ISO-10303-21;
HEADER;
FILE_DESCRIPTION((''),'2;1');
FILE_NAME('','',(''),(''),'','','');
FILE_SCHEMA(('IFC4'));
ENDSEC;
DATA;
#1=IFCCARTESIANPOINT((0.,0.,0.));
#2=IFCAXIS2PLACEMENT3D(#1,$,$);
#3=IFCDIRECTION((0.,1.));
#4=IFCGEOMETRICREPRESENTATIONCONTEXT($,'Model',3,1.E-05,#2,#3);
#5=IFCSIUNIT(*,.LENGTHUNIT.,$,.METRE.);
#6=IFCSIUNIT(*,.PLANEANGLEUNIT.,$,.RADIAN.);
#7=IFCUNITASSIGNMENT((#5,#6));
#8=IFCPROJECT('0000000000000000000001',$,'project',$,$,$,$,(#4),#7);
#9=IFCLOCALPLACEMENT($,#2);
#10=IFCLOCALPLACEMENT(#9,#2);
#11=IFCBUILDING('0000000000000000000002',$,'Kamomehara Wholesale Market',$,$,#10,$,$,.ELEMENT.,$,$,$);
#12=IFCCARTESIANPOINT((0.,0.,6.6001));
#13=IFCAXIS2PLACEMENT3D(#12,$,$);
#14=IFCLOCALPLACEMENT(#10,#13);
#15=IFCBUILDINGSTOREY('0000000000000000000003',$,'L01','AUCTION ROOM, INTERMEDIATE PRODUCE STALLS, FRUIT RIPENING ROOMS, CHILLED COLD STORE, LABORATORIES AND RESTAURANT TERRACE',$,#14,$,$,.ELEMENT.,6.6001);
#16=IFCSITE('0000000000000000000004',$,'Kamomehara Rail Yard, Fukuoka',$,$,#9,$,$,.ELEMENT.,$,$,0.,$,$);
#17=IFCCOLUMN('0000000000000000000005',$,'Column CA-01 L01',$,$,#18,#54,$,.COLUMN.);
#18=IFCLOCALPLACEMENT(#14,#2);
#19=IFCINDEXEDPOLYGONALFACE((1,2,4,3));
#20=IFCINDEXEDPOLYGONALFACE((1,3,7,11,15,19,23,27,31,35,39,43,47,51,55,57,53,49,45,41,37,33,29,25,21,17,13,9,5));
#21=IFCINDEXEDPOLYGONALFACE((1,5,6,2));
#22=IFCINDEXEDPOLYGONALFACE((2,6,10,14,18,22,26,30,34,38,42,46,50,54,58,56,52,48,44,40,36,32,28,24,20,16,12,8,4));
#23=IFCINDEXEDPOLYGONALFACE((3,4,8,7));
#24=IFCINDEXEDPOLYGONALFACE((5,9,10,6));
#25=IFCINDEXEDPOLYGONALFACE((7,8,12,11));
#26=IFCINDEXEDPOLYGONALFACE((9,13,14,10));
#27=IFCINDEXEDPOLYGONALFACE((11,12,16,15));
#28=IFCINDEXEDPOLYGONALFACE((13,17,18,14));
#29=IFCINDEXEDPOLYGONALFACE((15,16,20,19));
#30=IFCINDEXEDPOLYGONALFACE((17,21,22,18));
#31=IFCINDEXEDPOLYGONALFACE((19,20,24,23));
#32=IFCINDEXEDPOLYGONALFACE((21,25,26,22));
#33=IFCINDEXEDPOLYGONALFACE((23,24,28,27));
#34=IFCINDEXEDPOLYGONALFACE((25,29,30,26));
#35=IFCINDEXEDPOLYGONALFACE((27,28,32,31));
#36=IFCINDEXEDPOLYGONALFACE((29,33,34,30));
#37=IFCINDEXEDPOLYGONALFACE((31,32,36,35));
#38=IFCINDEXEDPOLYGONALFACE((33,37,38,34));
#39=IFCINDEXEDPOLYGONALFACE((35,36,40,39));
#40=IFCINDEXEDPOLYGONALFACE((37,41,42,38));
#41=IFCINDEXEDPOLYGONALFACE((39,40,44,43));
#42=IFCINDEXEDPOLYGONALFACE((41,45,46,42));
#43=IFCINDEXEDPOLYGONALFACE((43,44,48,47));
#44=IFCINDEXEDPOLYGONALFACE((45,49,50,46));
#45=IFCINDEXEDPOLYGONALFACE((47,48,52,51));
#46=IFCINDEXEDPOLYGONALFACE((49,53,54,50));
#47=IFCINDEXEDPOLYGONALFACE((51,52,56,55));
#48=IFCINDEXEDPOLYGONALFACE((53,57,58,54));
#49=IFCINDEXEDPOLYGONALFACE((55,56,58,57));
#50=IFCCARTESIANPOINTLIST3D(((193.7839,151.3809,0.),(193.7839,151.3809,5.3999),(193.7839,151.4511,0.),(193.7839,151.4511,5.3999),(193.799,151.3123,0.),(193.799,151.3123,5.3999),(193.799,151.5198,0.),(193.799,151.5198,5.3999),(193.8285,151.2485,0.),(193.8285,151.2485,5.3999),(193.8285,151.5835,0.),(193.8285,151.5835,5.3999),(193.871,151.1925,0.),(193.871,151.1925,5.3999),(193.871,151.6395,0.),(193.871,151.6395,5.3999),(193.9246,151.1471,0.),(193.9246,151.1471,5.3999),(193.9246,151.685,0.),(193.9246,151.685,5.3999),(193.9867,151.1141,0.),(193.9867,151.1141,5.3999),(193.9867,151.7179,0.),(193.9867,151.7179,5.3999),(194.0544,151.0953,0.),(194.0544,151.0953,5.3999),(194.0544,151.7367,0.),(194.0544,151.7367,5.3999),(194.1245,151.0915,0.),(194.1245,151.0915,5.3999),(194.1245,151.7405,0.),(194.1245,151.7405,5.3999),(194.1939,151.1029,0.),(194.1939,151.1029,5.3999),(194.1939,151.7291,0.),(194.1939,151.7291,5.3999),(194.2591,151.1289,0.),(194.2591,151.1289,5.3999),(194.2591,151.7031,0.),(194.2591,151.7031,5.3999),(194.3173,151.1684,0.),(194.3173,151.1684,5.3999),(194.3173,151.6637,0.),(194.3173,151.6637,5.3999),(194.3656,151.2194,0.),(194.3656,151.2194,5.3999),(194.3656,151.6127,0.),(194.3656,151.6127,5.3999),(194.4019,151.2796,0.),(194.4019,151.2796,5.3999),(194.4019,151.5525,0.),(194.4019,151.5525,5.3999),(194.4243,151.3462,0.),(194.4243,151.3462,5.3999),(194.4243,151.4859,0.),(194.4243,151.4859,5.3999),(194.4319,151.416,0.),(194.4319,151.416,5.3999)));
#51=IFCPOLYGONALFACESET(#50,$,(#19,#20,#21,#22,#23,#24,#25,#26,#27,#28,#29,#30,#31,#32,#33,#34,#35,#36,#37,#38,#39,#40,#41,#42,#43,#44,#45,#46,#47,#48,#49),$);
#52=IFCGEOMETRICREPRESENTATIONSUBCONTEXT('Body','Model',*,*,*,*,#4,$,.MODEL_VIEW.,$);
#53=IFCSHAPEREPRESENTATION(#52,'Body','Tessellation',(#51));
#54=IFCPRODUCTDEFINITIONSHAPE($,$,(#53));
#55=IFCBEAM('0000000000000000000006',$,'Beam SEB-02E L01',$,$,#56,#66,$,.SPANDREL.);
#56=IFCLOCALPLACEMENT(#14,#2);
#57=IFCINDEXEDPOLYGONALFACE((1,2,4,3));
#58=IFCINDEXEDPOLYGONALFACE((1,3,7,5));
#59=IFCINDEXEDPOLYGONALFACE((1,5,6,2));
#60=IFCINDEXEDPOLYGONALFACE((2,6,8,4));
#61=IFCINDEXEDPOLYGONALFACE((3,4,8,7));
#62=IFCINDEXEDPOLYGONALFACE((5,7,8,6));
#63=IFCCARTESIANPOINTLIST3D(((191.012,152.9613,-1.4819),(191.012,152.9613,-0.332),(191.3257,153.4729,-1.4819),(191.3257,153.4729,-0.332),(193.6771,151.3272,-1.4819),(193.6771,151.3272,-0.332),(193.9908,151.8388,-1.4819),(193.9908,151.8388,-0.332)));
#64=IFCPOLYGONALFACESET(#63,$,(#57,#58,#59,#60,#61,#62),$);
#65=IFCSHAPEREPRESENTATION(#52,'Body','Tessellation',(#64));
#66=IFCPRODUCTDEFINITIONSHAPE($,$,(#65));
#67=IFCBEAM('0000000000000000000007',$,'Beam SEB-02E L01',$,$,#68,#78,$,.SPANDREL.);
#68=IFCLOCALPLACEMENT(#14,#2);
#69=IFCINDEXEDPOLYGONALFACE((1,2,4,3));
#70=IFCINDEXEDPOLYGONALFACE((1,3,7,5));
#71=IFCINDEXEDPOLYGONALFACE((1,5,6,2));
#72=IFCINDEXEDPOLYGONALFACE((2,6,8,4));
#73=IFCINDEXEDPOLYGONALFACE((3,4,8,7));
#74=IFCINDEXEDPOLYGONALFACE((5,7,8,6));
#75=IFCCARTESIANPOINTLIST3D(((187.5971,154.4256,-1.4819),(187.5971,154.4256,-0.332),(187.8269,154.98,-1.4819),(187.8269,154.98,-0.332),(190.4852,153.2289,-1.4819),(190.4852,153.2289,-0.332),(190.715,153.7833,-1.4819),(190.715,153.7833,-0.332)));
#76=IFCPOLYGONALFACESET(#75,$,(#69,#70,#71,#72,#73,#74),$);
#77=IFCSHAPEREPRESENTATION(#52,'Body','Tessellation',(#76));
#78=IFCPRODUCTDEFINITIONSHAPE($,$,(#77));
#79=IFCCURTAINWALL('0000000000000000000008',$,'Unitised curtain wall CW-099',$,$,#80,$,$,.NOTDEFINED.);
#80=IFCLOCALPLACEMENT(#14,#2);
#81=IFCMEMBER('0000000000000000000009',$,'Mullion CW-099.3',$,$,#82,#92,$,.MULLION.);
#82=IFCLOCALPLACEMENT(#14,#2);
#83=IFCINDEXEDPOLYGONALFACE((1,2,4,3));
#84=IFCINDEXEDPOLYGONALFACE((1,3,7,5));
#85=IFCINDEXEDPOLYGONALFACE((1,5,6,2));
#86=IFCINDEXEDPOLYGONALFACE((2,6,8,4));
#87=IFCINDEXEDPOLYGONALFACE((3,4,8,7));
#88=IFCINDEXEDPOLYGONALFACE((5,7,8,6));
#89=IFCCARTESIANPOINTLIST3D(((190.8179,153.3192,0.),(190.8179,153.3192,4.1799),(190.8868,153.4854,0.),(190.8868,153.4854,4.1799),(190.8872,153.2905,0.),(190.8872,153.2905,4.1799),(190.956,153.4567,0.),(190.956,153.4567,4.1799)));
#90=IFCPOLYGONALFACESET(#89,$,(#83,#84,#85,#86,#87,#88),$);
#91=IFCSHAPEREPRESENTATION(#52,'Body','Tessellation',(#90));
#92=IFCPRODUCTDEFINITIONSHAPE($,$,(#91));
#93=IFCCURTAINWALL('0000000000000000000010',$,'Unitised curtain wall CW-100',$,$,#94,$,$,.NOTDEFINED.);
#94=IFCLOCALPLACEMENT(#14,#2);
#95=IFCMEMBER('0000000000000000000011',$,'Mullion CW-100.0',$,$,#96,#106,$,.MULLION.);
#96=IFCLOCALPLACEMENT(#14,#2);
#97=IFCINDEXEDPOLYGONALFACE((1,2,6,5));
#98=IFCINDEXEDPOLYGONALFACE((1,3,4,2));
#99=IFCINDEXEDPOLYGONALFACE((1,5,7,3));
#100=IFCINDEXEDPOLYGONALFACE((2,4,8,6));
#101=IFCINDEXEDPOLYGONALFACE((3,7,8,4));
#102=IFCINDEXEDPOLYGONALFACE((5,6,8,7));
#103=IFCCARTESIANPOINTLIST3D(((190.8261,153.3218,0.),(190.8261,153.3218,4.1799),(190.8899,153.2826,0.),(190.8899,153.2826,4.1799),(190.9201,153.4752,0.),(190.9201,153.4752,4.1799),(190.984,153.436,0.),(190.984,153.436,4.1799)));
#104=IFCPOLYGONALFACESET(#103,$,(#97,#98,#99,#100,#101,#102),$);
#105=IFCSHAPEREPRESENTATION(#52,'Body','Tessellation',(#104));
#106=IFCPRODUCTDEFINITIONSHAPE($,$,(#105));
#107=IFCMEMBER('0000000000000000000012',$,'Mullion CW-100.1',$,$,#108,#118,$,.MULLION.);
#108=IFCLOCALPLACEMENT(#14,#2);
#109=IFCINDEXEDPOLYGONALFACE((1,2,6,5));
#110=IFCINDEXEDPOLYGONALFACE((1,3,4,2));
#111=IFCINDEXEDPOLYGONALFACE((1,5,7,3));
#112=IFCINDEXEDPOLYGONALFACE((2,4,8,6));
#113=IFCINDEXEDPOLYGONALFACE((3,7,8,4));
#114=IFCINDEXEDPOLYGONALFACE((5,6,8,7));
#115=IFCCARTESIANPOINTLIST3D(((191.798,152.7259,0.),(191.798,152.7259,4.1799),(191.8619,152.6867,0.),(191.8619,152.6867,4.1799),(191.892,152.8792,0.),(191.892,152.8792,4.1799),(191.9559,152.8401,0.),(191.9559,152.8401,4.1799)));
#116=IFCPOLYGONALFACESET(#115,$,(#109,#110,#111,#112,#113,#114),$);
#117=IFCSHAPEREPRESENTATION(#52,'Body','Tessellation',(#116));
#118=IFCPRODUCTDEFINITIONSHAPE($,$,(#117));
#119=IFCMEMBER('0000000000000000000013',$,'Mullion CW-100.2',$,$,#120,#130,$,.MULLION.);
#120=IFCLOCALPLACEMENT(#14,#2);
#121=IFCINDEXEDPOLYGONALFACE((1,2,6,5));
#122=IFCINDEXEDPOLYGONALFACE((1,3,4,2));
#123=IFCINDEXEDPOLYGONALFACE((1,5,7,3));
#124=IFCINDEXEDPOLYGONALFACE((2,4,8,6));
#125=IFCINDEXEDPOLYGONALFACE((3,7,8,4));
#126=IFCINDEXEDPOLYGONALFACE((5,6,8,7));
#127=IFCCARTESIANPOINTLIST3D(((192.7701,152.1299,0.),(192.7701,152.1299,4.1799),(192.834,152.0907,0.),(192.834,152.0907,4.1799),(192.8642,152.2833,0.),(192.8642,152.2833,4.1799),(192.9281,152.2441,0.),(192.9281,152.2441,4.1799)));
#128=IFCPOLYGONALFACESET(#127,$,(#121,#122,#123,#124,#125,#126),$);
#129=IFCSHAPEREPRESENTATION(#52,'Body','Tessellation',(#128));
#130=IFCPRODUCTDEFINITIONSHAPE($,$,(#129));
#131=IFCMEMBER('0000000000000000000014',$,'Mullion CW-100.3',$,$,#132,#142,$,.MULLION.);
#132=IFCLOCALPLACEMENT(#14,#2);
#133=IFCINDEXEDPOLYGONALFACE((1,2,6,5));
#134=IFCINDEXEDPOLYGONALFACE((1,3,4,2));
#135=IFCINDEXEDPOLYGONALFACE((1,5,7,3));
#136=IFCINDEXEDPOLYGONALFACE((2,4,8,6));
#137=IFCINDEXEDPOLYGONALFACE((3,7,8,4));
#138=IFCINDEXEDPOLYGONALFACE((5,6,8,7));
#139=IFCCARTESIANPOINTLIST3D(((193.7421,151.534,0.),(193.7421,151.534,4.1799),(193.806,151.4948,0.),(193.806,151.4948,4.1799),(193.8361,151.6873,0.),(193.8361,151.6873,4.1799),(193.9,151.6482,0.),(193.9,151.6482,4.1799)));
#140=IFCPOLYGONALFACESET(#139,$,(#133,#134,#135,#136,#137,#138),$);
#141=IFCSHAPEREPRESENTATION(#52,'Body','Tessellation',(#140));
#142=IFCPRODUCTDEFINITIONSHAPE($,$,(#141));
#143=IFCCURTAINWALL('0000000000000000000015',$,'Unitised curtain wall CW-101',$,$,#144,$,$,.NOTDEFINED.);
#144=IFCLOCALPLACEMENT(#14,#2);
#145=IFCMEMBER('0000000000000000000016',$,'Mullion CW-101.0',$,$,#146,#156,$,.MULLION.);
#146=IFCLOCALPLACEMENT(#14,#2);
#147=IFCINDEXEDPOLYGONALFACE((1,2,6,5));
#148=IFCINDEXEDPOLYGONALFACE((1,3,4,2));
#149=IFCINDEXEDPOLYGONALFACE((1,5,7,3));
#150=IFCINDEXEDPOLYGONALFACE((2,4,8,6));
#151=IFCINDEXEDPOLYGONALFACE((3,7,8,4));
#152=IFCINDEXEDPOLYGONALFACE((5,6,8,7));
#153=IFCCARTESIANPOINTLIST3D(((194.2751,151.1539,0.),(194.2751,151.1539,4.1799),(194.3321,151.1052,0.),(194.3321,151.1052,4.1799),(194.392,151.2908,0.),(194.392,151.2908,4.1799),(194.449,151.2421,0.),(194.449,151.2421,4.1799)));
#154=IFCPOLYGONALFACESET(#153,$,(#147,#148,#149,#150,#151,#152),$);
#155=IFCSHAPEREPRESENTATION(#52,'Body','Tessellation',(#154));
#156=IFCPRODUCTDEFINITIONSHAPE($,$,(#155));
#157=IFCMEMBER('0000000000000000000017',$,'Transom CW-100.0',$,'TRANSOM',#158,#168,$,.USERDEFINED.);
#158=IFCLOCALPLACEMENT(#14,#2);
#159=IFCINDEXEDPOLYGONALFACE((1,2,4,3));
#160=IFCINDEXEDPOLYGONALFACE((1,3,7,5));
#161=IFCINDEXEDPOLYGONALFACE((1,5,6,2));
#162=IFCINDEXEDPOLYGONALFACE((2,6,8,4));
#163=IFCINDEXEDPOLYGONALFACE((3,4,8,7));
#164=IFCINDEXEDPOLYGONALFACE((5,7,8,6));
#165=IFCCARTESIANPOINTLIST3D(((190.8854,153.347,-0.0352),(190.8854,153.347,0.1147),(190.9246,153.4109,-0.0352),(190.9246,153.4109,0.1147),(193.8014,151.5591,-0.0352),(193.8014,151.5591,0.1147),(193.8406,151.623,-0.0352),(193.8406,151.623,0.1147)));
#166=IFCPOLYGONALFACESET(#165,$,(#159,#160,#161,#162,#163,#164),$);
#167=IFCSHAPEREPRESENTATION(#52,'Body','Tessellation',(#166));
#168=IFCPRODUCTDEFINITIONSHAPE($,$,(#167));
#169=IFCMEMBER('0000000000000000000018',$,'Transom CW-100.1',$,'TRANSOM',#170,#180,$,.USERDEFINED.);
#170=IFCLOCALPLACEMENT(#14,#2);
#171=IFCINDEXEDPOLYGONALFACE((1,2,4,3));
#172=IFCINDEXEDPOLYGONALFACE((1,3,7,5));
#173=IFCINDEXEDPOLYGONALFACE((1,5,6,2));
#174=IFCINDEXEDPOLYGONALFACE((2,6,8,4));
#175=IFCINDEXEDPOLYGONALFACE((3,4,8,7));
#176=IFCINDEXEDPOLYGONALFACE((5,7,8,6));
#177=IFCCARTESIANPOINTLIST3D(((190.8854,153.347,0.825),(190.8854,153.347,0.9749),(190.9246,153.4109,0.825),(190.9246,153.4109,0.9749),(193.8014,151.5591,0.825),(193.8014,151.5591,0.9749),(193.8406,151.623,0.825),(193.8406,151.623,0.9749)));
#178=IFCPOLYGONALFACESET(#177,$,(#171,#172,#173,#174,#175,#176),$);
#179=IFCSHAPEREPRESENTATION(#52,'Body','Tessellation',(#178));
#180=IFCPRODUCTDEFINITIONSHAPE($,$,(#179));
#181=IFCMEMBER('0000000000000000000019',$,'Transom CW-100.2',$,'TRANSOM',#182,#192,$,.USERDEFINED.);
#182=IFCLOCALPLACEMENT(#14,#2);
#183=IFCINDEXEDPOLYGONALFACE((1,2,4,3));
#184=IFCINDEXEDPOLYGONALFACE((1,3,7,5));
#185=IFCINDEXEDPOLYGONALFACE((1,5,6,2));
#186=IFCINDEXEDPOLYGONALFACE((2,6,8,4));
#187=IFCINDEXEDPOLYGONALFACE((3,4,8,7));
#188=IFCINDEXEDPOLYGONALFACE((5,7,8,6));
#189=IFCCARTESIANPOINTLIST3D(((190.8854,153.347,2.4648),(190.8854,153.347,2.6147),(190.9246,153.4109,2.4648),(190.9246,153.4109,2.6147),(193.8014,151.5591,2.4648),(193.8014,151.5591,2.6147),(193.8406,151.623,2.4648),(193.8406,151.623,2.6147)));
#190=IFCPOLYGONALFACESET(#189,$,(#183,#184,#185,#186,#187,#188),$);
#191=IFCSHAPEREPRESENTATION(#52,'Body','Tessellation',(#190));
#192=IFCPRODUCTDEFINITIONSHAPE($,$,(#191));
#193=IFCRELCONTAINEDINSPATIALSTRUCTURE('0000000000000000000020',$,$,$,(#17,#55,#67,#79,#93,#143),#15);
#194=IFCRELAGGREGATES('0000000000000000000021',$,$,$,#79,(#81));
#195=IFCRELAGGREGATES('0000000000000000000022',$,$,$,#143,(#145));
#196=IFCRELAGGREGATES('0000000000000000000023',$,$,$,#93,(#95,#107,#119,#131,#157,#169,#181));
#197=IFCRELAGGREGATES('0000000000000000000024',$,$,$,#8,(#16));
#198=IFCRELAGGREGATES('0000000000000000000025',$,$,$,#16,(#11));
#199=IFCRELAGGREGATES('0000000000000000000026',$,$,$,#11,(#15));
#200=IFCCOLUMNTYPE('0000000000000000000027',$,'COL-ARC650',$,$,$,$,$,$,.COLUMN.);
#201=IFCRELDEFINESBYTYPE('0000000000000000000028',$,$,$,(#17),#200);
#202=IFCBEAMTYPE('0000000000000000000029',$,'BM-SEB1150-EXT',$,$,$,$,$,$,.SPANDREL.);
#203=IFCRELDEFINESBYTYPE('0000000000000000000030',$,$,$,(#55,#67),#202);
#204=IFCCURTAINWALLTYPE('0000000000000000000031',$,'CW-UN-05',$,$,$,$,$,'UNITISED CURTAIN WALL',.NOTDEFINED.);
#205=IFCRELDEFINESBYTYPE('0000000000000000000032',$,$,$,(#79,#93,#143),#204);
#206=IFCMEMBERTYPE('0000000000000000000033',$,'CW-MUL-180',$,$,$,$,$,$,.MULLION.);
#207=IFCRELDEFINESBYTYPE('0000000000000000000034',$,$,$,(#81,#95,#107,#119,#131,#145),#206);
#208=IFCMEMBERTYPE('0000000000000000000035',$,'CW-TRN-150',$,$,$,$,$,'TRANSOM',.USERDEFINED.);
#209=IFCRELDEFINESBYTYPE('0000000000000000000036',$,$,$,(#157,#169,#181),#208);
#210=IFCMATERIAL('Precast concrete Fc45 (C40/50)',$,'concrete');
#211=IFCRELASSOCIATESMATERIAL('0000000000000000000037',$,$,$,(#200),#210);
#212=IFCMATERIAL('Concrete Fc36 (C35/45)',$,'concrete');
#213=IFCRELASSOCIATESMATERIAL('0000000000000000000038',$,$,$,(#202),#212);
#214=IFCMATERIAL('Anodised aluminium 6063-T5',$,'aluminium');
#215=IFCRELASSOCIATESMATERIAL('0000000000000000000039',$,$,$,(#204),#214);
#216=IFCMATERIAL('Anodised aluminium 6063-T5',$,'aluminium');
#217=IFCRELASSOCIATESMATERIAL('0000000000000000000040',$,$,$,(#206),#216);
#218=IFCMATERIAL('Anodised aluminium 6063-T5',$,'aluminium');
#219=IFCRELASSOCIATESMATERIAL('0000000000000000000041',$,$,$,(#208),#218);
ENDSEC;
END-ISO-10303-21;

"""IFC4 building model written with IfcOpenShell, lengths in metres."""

from ifc_helpers import new_model, si_unit, direction, frame, origin, origin_2d, place, context, subcontext, project, spatial, rectangle, circle, extrude, material, material_profile, profile_set, type_object, element, aggregate, save


model = new_model("IFC4")

# Units and contexts
model_context = context("Model", 3, precision=1e-05, world=origin(), true_north=direction((0.0, 1.0)))
body_context = subcontext(model_context, "Body", "Model", "MODEL_VIEW")
ifc_project = project(units=[si_unit("LENGTHUNIT", "METRE"), si_unit("PLANEANGLEUNIT", "RADIAN")], contexts=[model_context])

# Site, building, storey
site_placement = place(None, origin())
site = spatial("IfcSite", under=ifc_project, at=site_placement, Name="Kamomehara Rail Yard, Fukuoka", CompositionType="ELEMENT", RefElevation=0.0)
building_placement = place(site_placement, origin())
building = spatial("IfcBuilding", under=site, at=building_placement, Name="Kamomehara Wholesale Market", CompositionType="ELEMENT")
storey_placement = place(building_placement, frame((0.0, 0.0, 6.6001)))
storey = spatial("IfcBuildingStorey", under=building, at=storey_placement, Name="L01", Description="AUCTION ROOM, INTERMEDIATE PRODUCE STALLS, FRUIT RIPENING ROOMS, CHILLED COLD STORE, LABORATORIES AND RESTAURANT TERRACE", CompositionType="ELEMENT", Elevation=6.6001)

# Column
ifc_material_1 = material(Name="Precast concrete Fc45 (C40/50)", Category="concrete")
ifc_material_profile_1 = material_profile(ifc_material_1, circle(Radius=0.325, at=origin_2d()), Name="PC-ARC-D650")
ifc_profile_set_1 = profile_set([ifc_material_profile_1], Name="Precast concrete Fc45 (C40/50)")
column_type = type_object("IfcColumnType", Name="COL-ARC650", PredefinedType="COLUMN", material=ifc_profile_set_1)
column_placement = place(storey_placement, frame((194.1069, 151.416, 0.0), z_axis=(0.0, 0.0, 1.0), x_axis=(1.0, 0.0, 0.0)))
element("IfcColumn", 1, at=column_placement, inside=storey, type_object=column_type, Name="Column CA-01 L01", PredefinedType="COLUMN", context=body_context, shape_type="SweptSolid", body=[
    extrude(circle(Radius=0.325, at=origin_2d()), origin(), (0.0, 0.0, 1.0), 5.3999),
])

# Beams
ifc_material_2 = material(Name="Concrete Fc36 (C35/45)", Category="concrete")
ifc_material_profile_2 = material_profile(ifc_material_2, rectangle(XDim=0.6001, YDim=1.1499, at=origin_2d()), Name="RC-SEB-600x1150")
ifc_profile_set_2 = profile_set([ifc_material_profile_2], Name="Concrete Fc36 (C35/45)")
beam_type = type_object("IfcBeamType", Name="BM-SEB1150-EXT", PredefinedType="SPANDREL", material=ifc_profile_set_2)
for number, where, z_axis, x_axis, name in (
    (2, (193.834, 151.583, -0.907), (-0.852513, 0.522707, 0.0), (-0.522707, -0.852513, 0.0), "Beam SEB-02E L01"),
    (3, (190.6001, 153.5061, -0.907), (-0.923828, 0.382807, 0.0), (-0.382807, -0.923828, 0.0), "Beam SEB-02E L01"),
):
    element("IfcBeam", number, at=place(storey_placement, frame(where, z_axis=z_axis, x_axis=x_axis)), inside=storey, type_object=beam_type, Name=name, PredefinedType="SPANDREL", context=body_context, shape_type="SweptSolid", body=[
        extrude(rectangle(XDim=0.6001, YDim=1.1499, at=origin_2d()), origin(), (0.0, 0.0, 1.0), 3.1262),
    ])

# Curtain wall, member
ifc_material_3 = material(Name="Anodised aluminium 6063-T5", Category="aluminium")
curtain_wall_type = type_object("IfcCurtainWallType", Name="CW-UN-05", ElementType="UNITISED CURTAIN WALL", PredefinedType="NOTDEFINED", material=ifc_material_3)
curtain_wall_1_placement = place(storey_placement, origin())
curtain_wall_1 = element("IfcCurtainWall", 4, at=curtain_wall_1_placement, inside=storey, type_object=curtain_wall_type, Name="Unitised curtain wall CW-099", PredefinedType="NOTDEFINED")
ifc_material_4 = material(Name="Anodised aluminium 6063-T5", Category="aluminium")
ifc_material_profile_3 = material_profile(ifc_material_4, rectangle(XDim=0.075, YDim=0.1799, at=origin_2d()), Name="ALU-MUL-75x180")
ifc_profile_set_3 = profile_set([ifc_material_profile_3], Name="Anodised aluminium 6063-T5")
member_type_1 = type_object("IfcMemberType", Name="CW-MUL-180", PredefinedType="MULLION", material=ifc_profile_set_3)
member_1_placement = place(storey_placement, frame((190.887, 153.3879, 0.0), z_axis=(0.0, 0.0, 1.0), x_axis=(0.923914, -0.382601, 0.0)))
member_1 = element("IfcMember", 5, at=member_1_placement, type_object=member_type_1, Name="Mullion CW-099.3", PredefinedType="MULLION", context=body_context, shape_type="SweptSolid", body=[
    extrude(rectangle(XDim=0.075, YDim=0.1799, at=origin_2d()), origin(), (0.0, 0.0, 1.0), 4.1799),
])
aggregate(curtain_wall_1, [member_1])

# Curtain wall, members
curtain_wall_2_placement = place(storey_placement, origin())
curtain_wall_2 = element("IfcCurtainWall", 6, at=curtain_wall_2_placement, inside=storey, type_object=curtain_wall_type, Name="Unitised curtain wall CW-100", PredefinedType="NOTDEFINED")
member_2_placement = place(storey_placement, frame((190.905, 153.3789, 0.0), z_axis=(0.0, 0.0, 1.0), x_axis=(0.852501, -0.522726, 0.0)))
member_2 = element("IfcMember", 7, at=member_2_placement, type_object=member_type_1, Name="Mullion CW-100.0", PredefinedType="MULLION", context=body_context, shape_type="SweptSolid", body=[
    extrude(rectangle(XDim=0.075, YDim=0.1799, at=origin_2d()), origin(), (0.0, 0.0, 1.0), 4.1799),
])
member_3_placement = place(storey_placement, frame((191.877, 152.783, 0.0), z_axis=(0.0, 0.0, 1.0), x_axis=(0.852501, -0.522726, 0.0)))
member_3 = element("IfcMember", 8, at=member_3_placement, type_object=member_type_1, Name="Mullion CW-100.1", PredefinedType="MULLION", context=body_context, shape_type="SweptSolid", body=[
    extrude(rectangle(XDim=0.075, YDim=0.1799, at=origin_2d()), origin(), (0.0, 0.0, 1.0), 4.1799),
])
member_4_placement = place(storey_placement, frame((192.8491, 152.187, 0.0), z_axis=(0.0, 0.0, 1.0), x_axis=(0.852501, -0.522726, 0.0)))
member_4 = element("IfcMember", 9, at=member_4_placement, type_object=member_type_1, Name="Mullion CW-100.2", PredefinedType="MULLION", context=body_context, shape_type="SweptSolid", body=[
    extrude(rectangle(XDim=0.075, YDim=0.1799, at=origin_2d()), origin(), (0.0, 0.0, 1.0), 4.1799),
])
member_5_placement = place(storey_placement, frame((193.821, 151.5911, 0.0), z_axis=(0.0, 0.0, 1.0), x_axis=(0.852501, -0.522726, 0.0)))
member_5 = element("IfcMember", 10, at=member_5_placement, type_object=member_type_1, Name="Mullion CW-100.3", PredefinedType="MULLION", context=body_context, shape_type="SweptSolid", body=[
    extrude(rectangle(XDim=0.075, YDim=0.1799, at=origin_2d()), origin(), (0.0, 0.0, 1.0), 4.1799),
])

# Curtain wall, member
curtain_wall_3_placement = place(storey_placement, origin())
curtain_wall_3 = element("IfcCurtainWall", 11, at=curtain_wall_3_placement, inside=storey, type_object=curtain_wall_type, Name="Unitised curtain wall CW-101", PredefinedType="NOTDEFINED")
member_6_placement = place(storey_placement, frame((194.3621, 151.198, 0.0), z_axis=(0.0, 0.0, 1.0), x_axis=(0.760473, -0.64937, 0.0)))
member_6 = element("IfcMember", 12, at=member_6_placement, type_object=member_type_1, Name="Mullion CW-101.0", PredefinedType="MULLION", context=body_context, shape_type="SweptSolid", body=[
    extrude(rectangle(XDim=0.075, YDim=0.1799, at=origin_2d()), origin(), (0.0, 0.0, 1.0), 4.1799),
])

# Members
ifc_material_5 = material(Name="Anodised aluminium 6063-T5", Category="aluminium")
ifc_material_profile_4 = material_profile(ifc_material_5, rectangle(XDim=0.075, YDim=0.1499, at=origin_2d()), Name="ALU-TRN-75x150")
ifc_profile_set_4 = profile_set([ifc_material_profile_4], Name="Anodised aluminium 6063-T5")
member_type_2 = type_object("IfcMemberType", Name="CW-TRN-150", ElementType="TRANSOM", PredefinedType="USERDEFINED", material=ifc_profile_set_4)
member_7_placement = place(storey_placement, frame((190.905, 153.3789, 0.0398), z_axis=(0.852522, -0.522691, 0.0), x_axis=(0.522691, 0.852522, 0.0)))
member_7 = element("IfcMember", 13, at=member_7_placement, type_object=member_type_2, Name="Transom CW-100.0", ObjectType="TRANSOM", PredefinedType="USERDEFINED", context=body_context, shape_type="SweptSolid", body=[
    extrude(rectangle(XDim=0.075, YDim=0.1499, at=origin_2d()), origin(), (0.0, 0.0, 1.0), 3.4204),
])
member_8_placement = place(storey_placement, frame((190.905, 153.3789, 0.8999), z_axis=(0.852522, -0.522691, 0.0), x_axis=(0.522691, 0.852522, 0.0)))
member_8 = element("IfcMember", 14, at=member_8_placement, type_object=member_type_2, Name="Transom CW-100.1", ObjectType="TRANSOM", PredefinedType="USERDEFINED", context=body_context, shape_type="SweptSolid", body=[
    extrude(rectangle(XDim=0.075, YDim=0.1499, at=origin_2d()), origin(), (0.0, 0.0, 1.0), 3.4204),
])
member_9_placement = place(storey_placement, frame((190.905, 153.3789, 2.5398), z_axis=(0.852522, -0.522691, 0.0), x_axis=(0.522691, 0.852522, 0.0)))
member_9 = element("IfcMember", 15, at=member_9_placement, type_object=member_type_2, Name="Transom CW-100.2", ObjectType="TRANSOM", PredefinedType="USERDEFINED", context=body_context, shape_type="SweptSolid", body=[
    extrude(rectangle(XDim=0.075, YDim=0.1499, at=origin_2d()), origin(), (0.0, 0.0, 1.0), 3.4204),
])
aggregate(curtain_wall_3, [member_6])

aggregate(curtain_wall_2, [member_2, member_3, member_4, member_5, member_7, member_8, member_9])

save(model, "model.ifc")
